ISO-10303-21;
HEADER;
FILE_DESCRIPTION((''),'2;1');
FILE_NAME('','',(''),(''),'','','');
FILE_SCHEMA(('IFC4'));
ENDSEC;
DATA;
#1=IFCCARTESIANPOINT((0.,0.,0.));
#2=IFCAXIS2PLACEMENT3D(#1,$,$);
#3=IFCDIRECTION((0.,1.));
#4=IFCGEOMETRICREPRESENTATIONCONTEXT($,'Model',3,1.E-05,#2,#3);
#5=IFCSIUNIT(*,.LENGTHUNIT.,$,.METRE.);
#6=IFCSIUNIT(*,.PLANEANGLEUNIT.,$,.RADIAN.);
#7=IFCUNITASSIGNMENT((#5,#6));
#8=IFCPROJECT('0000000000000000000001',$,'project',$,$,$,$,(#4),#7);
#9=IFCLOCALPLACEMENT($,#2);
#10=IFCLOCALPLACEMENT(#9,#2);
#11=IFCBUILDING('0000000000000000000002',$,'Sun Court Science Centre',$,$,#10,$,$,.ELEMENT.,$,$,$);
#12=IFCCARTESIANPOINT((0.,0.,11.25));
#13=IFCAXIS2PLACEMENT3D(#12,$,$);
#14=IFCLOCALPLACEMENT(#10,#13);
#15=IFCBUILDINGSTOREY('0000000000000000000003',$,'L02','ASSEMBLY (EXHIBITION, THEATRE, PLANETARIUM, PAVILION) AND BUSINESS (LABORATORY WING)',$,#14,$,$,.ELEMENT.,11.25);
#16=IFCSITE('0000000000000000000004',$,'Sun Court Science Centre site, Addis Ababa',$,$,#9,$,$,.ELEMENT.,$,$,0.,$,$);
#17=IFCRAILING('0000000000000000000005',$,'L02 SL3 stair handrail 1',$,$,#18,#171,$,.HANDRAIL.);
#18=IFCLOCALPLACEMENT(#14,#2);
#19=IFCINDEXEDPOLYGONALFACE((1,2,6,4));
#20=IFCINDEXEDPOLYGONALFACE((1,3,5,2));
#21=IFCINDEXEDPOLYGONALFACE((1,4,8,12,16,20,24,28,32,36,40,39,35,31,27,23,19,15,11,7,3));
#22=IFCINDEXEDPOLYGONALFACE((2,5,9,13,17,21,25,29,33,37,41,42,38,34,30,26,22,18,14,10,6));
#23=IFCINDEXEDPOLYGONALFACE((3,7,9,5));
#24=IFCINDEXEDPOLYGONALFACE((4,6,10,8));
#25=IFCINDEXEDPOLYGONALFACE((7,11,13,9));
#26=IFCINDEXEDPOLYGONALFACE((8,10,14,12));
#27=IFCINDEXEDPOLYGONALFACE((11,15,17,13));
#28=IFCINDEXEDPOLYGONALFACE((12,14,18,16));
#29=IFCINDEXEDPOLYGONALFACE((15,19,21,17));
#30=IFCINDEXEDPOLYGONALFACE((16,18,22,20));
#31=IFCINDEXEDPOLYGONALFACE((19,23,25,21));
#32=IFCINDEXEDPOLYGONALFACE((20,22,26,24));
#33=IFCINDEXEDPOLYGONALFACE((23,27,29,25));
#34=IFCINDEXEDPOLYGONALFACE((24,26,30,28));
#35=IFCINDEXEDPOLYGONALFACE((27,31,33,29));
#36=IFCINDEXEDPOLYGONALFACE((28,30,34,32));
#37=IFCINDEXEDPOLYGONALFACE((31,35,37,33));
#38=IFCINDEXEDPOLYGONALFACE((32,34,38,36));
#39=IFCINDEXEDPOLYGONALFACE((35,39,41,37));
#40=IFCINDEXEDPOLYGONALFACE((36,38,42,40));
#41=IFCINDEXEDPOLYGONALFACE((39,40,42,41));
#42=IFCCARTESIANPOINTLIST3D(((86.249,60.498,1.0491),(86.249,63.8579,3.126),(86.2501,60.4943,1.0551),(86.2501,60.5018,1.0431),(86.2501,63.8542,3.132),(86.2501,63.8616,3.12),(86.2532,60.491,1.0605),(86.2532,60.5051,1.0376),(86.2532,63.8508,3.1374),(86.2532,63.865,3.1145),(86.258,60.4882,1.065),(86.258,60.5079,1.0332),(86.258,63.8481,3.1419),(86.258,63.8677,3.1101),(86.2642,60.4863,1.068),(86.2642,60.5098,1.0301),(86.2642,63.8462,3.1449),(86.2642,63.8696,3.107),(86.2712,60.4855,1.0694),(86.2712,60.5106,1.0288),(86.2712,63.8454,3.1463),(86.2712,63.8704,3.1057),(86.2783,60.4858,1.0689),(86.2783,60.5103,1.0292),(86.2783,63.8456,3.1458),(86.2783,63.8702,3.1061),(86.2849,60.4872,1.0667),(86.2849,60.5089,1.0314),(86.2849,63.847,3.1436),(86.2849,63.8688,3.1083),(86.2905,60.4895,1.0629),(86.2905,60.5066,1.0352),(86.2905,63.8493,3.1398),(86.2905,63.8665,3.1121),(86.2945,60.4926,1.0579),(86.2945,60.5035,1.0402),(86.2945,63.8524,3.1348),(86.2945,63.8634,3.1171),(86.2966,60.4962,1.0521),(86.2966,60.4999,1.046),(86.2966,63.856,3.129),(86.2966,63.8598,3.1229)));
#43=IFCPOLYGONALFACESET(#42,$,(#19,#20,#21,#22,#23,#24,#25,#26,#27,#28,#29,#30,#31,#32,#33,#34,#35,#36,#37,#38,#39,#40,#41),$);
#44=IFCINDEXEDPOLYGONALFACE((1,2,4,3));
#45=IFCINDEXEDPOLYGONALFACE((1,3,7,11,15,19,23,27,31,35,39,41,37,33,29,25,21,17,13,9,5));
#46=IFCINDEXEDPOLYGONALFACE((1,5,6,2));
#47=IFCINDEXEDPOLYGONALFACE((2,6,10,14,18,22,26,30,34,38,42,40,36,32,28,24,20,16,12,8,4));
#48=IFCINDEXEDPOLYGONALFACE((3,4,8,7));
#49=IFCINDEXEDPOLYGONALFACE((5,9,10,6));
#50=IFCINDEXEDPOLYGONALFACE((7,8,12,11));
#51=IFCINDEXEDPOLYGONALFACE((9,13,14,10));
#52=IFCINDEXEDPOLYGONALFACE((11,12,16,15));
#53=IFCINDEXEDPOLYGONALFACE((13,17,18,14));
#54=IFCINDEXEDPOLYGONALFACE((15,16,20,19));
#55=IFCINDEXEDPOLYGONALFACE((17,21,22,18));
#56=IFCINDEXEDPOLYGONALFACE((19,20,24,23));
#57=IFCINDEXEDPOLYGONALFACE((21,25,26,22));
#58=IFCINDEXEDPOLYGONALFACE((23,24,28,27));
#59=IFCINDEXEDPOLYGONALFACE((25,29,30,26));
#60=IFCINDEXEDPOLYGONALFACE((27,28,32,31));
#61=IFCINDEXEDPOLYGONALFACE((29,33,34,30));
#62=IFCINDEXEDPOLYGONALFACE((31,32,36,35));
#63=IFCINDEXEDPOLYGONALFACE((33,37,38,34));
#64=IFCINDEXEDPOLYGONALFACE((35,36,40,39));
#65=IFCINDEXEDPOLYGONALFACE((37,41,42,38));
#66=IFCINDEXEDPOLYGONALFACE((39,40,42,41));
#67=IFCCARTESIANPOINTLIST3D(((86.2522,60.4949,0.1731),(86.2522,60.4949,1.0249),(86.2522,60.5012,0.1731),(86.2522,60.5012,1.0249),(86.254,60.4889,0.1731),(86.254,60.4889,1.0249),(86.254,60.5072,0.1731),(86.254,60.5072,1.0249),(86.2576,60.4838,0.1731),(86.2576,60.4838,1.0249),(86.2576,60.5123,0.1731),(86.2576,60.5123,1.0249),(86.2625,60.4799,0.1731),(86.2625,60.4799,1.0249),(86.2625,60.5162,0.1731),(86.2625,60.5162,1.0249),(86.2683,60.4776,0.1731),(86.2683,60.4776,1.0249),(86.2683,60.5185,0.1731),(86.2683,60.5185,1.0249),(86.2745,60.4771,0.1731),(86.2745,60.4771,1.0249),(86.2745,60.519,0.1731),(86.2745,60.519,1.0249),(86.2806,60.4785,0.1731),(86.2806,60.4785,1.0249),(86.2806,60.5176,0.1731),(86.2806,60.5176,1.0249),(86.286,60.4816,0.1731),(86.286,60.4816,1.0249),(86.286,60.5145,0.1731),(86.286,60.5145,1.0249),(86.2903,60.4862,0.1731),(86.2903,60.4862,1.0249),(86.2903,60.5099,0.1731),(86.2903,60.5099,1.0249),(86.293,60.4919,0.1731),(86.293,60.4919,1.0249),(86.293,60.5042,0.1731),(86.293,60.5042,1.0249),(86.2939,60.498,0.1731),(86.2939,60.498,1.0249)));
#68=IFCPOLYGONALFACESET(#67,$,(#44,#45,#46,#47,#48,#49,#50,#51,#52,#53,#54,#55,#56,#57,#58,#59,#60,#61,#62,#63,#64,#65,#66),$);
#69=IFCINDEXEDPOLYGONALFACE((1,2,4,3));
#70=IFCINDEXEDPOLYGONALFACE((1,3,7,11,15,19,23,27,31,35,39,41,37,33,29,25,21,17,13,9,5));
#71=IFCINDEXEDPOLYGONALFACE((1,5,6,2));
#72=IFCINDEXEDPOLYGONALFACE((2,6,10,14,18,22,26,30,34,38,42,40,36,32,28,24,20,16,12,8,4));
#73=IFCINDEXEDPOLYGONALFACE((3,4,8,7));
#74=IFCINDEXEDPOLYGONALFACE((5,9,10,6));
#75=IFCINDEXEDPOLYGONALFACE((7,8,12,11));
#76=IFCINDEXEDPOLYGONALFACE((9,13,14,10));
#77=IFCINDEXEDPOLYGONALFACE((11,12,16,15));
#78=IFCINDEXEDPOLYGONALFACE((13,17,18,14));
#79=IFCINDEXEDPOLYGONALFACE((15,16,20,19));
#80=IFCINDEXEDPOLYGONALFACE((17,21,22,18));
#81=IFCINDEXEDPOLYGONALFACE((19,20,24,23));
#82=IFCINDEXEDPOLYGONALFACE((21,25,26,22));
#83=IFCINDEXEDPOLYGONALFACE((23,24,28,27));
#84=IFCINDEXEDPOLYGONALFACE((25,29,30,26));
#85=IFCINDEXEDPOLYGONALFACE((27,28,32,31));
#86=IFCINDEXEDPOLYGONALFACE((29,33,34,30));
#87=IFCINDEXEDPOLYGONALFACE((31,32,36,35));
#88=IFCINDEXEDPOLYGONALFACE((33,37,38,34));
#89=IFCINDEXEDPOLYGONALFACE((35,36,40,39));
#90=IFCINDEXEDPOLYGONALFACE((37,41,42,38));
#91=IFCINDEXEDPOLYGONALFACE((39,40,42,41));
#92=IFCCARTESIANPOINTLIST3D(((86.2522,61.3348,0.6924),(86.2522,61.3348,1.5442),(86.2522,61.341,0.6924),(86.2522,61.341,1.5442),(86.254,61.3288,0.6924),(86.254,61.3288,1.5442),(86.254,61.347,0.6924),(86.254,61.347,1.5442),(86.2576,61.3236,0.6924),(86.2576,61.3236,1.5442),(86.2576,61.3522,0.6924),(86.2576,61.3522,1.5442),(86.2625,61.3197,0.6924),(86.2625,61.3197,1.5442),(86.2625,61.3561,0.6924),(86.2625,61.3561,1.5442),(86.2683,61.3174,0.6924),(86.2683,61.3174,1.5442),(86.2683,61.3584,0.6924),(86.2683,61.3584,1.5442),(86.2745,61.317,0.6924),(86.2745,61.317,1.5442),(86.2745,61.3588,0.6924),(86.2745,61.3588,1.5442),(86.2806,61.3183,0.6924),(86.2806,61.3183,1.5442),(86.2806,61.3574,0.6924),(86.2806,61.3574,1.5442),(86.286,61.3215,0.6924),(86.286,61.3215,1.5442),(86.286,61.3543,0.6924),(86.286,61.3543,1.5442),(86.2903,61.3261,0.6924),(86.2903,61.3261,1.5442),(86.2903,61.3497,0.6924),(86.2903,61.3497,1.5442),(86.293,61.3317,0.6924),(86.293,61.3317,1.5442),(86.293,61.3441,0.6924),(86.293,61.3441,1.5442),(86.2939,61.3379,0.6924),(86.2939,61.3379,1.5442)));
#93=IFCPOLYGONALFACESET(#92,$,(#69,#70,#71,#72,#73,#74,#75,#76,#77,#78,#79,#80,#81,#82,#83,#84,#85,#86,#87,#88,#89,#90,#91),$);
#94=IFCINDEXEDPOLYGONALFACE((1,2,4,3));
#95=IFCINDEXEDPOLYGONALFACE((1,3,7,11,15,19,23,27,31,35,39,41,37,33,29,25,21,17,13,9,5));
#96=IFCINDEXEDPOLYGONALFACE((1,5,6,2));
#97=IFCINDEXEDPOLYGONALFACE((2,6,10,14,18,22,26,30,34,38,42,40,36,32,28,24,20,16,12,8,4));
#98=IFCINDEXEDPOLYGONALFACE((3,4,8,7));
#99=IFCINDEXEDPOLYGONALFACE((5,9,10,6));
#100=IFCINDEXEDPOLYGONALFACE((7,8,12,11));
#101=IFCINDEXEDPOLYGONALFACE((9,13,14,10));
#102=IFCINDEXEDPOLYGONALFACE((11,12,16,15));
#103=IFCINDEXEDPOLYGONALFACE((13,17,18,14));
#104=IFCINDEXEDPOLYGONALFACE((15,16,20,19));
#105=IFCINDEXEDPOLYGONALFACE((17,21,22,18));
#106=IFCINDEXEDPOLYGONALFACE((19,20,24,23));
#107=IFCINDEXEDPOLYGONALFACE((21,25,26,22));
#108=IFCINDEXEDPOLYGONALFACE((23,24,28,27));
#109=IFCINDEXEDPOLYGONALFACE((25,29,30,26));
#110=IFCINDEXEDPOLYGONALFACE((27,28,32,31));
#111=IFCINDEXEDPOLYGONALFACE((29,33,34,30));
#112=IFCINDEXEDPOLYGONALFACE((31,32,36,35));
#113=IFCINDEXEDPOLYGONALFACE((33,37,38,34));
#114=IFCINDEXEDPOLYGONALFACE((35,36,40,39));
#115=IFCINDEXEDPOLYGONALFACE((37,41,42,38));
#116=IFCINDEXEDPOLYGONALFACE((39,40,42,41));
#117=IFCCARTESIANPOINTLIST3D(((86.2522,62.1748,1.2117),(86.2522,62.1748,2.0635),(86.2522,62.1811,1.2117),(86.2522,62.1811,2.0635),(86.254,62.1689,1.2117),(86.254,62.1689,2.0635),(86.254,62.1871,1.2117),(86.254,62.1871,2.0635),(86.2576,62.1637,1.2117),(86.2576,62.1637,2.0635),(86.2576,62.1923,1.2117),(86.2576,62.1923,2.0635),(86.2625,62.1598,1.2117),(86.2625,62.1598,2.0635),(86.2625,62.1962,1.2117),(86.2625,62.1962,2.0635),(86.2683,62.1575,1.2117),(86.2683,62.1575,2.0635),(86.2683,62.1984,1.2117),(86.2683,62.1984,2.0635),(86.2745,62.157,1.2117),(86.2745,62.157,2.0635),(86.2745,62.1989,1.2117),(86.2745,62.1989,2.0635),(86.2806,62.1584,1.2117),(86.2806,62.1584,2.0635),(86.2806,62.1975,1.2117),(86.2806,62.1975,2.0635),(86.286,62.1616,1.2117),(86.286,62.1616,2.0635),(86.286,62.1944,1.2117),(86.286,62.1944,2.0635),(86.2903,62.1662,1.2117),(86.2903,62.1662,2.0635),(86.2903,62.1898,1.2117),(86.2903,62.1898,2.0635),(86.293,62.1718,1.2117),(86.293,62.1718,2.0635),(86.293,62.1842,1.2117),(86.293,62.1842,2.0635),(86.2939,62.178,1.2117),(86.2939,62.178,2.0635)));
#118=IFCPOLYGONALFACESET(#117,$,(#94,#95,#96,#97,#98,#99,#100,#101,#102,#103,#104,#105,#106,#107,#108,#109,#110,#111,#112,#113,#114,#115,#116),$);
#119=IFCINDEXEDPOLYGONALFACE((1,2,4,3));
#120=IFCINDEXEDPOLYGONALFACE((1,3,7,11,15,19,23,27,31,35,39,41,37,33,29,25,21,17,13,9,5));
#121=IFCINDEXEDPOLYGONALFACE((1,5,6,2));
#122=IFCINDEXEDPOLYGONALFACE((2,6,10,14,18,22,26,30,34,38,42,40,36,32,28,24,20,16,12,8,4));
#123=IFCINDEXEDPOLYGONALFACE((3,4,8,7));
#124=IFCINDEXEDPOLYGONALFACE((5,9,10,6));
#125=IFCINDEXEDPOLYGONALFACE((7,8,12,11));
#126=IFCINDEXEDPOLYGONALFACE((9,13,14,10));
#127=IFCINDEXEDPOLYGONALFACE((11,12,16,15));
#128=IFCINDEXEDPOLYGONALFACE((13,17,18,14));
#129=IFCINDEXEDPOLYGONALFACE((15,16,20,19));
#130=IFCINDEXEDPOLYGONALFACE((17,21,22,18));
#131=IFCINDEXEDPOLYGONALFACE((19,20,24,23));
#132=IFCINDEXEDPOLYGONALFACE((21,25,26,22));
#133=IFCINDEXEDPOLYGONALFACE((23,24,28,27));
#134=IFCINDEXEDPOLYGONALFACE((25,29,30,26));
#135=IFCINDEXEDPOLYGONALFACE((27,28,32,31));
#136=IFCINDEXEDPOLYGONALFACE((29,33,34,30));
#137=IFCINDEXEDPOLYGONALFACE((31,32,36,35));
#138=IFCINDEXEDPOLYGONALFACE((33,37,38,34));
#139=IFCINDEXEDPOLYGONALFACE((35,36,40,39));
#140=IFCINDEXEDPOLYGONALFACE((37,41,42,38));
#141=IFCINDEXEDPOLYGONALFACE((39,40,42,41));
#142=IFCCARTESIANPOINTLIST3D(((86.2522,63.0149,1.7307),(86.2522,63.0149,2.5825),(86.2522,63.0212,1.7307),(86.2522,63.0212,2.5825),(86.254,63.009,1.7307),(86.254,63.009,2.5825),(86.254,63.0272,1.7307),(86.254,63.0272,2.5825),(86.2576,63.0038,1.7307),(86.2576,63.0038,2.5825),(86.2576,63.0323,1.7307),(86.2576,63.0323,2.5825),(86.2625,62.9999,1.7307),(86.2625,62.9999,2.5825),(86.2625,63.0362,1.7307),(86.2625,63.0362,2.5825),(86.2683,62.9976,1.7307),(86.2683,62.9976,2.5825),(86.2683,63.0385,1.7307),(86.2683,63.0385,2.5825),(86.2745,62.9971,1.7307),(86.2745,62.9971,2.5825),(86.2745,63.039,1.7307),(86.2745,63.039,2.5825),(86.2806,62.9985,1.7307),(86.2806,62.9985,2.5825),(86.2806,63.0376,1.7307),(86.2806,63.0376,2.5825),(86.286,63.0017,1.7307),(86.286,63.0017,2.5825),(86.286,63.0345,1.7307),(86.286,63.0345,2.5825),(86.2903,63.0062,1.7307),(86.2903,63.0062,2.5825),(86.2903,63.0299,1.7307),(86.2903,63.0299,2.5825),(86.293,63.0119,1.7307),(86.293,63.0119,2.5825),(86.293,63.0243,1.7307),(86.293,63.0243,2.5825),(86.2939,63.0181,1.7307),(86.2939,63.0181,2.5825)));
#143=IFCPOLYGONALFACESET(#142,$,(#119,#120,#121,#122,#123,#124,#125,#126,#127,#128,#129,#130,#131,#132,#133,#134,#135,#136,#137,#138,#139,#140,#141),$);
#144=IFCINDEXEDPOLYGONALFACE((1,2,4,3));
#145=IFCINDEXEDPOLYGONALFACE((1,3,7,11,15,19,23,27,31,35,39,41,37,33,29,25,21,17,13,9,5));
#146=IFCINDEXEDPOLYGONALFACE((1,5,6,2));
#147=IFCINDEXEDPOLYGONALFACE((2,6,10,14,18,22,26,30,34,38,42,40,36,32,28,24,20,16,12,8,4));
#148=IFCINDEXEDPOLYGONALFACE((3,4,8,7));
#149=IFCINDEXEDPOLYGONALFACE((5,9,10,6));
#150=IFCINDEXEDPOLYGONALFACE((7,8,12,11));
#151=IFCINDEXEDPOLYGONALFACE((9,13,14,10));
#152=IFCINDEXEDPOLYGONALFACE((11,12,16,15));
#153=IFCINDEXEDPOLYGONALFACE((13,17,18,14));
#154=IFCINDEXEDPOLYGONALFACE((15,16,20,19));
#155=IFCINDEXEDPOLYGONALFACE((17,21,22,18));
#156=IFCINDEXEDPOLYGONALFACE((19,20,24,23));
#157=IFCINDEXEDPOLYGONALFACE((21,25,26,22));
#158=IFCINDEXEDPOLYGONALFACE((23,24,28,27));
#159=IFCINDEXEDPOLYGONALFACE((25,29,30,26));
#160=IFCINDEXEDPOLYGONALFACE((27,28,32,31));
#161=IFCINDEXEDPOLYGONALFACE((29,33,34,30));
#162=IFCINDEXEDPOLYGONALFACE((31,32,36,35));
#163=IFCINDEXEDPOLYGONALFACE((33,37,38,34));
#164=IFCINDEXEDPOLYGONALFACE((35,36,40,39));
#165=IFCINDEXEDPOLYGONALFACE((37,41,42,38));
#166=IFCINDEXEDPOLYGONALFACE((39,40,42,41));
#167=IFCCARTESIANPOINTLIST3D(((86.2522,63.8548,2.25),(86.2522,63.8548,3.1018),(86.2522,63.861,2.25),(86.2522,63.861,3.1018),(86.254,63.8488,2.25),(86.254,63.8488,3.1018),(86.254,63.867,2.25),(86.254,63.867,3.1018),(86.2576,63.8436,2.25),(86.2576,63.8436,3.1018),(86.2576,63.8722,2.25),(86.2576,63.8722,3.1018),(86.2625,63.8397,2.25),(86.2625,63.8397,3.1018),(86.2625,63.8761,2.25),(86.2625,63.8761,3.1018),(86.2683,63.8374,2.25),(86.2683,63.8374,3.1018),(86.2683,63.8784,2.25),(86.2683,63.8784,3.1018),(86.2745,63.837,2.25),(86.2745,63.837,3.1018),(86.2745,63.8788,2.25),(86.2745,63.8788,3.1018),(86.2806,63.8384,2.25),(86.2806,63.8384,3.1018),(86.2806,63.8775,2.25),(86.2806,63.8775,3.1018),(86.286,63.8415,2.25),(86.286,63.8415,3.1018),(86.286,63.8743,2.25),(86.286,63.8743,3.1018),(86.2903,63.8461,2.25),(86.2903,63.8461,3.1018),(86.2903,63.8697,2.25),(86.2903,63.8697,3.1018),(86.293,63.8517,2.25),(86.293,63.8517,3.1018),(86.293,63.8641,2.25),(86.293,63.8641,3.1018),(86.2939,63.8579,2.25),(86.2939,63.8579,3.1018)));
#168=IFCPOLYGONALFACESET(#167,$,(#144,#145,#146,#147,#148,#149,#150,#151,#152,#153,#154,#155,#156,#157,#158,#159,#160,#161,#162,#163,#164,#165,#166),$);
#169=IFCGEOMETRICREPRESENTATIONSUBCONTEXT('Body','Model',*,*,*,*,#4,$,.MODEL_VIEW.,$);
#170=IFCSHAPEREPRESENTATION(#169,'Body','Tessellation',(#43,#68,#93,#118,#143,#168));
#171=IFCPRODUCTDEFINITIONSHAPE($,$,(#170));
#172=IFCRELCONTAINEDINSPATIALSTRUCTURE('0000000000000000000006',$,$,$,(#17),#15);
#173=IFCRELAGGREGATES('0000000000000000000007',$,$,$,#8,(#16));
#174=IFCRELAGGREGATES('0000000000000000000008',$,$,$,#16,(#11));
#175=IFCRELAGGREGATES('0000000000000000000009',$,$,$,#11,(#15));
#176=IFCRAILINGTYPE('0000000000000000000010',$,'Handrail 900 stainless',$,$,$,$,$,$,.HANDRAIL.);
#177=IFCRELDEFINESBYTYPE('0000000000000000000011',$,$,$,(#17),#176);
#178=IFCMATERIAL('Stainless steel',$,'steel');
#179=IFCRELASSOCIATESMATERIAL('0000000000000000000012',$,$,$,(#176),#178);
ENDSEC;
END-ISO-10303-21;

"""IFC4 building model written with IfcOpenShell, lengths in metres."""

from ifc_helpers import new_model, si_unit, direction, frame, origin, origin_2d, place, context, subcontext, project, spatial, circle, extrude, material, type_object, element, save


model = new_model("IFC4")

# Units and contexts
model_context = context("Model", 3, precision=1e-05, world=origin(), true_north=direction((0.0, 1.0)))
body_context = subcontext(model_context, "Body", "Model", "MODEL_VIEW")
ifc_project = project(units=[si_unit("LENGTHUNIT", "METRE"), si_unit("PLANEANGLEUNIT", "RADIAN")], contexts=[model_context])

# Site, building, storey
site_placement = place(None, origin())
site = spatial("IfcSite", under=ifc_project, at=site_placement, Name="Sun Court Science Centre site, Addis Ababa", CompositionType="ELEMENT", RefElevation=0.0)
building_placement = place(site_placement, origin())
building = spatial("IfcBuilding", under=site, at=building_placement, Name="Sun Court Science Centre", CompositionType="ELEMENT")
storey_placement = place(building_placement, frame((0.0, 0.0, 11.25)))
storey = spatial("IfcBuildingStorey", under=building, at=storey_placement, Name="L02", Description="ASSEMBLY (EXHIBITION, THEATRE, PLANETARIUM, PAVILION) AND BUSINESS (LABORATORY WING)", CompositionType="ELEMENT", Elevation=11.25)

# Railing
ifc_material_1 = material(Name="Stainless steel", Category="steel")
railing_type_1 = type_object("IfcRailingType", Name="Handrail 900 stainless", PredefinedType="HANDRAIL", material=ifc_material_1)
railing_1_placement = place(storey_placement, frame((86.2729, 60.498, 0.1731)))
element("IfcRailing", 1, at=railing_1_placement, inside=storey, type_object=railing_type_1, Name="L02 SL3 stair handrail 1", PredefinedType="HANDRAIL", context=body_context, shape_type="SweptSolid", body=[
    extrude(circle(Radius=0.0239, at=origin_2d()), frame((0.0, 0.0, 0.876), z_axis=(0.0, 0.850606, 0.525803), x_axis=(-1.0, 0.0, 0.0)), (0.0, 0.0, 1.0), 3.95),
    extrude(circle(Radius=0.021, at=origin_2d()), origin(), (0.0, 0.0, 1.0), 0.8518),
    extrude(circle(Radius=0.021, at=origin_2d()), frame((0.0, 0.8398, 0.5193)), (0.0, 0.0, 1.0), 0.8518),
    extrude(circle(Radius=0.021, at=origin_2d()), frame((0.0, 1.6799, 1.0386)), (0.0, 0.0, 1.0), 0.8518),
    extrude(circle(Radius=0.021, at=origin_2d()), frame((0.0, 2.52, 1.5576)), (0.0, 0.0, 1.0), 0.8518),
    extrude(circle(Radius=0.021, at=origin_2d()), frame((0.0, 3.3599, 2.0769)), (0.0, 0.0, 1.0), 0.8518),
])

save(model, "model.ifc")
